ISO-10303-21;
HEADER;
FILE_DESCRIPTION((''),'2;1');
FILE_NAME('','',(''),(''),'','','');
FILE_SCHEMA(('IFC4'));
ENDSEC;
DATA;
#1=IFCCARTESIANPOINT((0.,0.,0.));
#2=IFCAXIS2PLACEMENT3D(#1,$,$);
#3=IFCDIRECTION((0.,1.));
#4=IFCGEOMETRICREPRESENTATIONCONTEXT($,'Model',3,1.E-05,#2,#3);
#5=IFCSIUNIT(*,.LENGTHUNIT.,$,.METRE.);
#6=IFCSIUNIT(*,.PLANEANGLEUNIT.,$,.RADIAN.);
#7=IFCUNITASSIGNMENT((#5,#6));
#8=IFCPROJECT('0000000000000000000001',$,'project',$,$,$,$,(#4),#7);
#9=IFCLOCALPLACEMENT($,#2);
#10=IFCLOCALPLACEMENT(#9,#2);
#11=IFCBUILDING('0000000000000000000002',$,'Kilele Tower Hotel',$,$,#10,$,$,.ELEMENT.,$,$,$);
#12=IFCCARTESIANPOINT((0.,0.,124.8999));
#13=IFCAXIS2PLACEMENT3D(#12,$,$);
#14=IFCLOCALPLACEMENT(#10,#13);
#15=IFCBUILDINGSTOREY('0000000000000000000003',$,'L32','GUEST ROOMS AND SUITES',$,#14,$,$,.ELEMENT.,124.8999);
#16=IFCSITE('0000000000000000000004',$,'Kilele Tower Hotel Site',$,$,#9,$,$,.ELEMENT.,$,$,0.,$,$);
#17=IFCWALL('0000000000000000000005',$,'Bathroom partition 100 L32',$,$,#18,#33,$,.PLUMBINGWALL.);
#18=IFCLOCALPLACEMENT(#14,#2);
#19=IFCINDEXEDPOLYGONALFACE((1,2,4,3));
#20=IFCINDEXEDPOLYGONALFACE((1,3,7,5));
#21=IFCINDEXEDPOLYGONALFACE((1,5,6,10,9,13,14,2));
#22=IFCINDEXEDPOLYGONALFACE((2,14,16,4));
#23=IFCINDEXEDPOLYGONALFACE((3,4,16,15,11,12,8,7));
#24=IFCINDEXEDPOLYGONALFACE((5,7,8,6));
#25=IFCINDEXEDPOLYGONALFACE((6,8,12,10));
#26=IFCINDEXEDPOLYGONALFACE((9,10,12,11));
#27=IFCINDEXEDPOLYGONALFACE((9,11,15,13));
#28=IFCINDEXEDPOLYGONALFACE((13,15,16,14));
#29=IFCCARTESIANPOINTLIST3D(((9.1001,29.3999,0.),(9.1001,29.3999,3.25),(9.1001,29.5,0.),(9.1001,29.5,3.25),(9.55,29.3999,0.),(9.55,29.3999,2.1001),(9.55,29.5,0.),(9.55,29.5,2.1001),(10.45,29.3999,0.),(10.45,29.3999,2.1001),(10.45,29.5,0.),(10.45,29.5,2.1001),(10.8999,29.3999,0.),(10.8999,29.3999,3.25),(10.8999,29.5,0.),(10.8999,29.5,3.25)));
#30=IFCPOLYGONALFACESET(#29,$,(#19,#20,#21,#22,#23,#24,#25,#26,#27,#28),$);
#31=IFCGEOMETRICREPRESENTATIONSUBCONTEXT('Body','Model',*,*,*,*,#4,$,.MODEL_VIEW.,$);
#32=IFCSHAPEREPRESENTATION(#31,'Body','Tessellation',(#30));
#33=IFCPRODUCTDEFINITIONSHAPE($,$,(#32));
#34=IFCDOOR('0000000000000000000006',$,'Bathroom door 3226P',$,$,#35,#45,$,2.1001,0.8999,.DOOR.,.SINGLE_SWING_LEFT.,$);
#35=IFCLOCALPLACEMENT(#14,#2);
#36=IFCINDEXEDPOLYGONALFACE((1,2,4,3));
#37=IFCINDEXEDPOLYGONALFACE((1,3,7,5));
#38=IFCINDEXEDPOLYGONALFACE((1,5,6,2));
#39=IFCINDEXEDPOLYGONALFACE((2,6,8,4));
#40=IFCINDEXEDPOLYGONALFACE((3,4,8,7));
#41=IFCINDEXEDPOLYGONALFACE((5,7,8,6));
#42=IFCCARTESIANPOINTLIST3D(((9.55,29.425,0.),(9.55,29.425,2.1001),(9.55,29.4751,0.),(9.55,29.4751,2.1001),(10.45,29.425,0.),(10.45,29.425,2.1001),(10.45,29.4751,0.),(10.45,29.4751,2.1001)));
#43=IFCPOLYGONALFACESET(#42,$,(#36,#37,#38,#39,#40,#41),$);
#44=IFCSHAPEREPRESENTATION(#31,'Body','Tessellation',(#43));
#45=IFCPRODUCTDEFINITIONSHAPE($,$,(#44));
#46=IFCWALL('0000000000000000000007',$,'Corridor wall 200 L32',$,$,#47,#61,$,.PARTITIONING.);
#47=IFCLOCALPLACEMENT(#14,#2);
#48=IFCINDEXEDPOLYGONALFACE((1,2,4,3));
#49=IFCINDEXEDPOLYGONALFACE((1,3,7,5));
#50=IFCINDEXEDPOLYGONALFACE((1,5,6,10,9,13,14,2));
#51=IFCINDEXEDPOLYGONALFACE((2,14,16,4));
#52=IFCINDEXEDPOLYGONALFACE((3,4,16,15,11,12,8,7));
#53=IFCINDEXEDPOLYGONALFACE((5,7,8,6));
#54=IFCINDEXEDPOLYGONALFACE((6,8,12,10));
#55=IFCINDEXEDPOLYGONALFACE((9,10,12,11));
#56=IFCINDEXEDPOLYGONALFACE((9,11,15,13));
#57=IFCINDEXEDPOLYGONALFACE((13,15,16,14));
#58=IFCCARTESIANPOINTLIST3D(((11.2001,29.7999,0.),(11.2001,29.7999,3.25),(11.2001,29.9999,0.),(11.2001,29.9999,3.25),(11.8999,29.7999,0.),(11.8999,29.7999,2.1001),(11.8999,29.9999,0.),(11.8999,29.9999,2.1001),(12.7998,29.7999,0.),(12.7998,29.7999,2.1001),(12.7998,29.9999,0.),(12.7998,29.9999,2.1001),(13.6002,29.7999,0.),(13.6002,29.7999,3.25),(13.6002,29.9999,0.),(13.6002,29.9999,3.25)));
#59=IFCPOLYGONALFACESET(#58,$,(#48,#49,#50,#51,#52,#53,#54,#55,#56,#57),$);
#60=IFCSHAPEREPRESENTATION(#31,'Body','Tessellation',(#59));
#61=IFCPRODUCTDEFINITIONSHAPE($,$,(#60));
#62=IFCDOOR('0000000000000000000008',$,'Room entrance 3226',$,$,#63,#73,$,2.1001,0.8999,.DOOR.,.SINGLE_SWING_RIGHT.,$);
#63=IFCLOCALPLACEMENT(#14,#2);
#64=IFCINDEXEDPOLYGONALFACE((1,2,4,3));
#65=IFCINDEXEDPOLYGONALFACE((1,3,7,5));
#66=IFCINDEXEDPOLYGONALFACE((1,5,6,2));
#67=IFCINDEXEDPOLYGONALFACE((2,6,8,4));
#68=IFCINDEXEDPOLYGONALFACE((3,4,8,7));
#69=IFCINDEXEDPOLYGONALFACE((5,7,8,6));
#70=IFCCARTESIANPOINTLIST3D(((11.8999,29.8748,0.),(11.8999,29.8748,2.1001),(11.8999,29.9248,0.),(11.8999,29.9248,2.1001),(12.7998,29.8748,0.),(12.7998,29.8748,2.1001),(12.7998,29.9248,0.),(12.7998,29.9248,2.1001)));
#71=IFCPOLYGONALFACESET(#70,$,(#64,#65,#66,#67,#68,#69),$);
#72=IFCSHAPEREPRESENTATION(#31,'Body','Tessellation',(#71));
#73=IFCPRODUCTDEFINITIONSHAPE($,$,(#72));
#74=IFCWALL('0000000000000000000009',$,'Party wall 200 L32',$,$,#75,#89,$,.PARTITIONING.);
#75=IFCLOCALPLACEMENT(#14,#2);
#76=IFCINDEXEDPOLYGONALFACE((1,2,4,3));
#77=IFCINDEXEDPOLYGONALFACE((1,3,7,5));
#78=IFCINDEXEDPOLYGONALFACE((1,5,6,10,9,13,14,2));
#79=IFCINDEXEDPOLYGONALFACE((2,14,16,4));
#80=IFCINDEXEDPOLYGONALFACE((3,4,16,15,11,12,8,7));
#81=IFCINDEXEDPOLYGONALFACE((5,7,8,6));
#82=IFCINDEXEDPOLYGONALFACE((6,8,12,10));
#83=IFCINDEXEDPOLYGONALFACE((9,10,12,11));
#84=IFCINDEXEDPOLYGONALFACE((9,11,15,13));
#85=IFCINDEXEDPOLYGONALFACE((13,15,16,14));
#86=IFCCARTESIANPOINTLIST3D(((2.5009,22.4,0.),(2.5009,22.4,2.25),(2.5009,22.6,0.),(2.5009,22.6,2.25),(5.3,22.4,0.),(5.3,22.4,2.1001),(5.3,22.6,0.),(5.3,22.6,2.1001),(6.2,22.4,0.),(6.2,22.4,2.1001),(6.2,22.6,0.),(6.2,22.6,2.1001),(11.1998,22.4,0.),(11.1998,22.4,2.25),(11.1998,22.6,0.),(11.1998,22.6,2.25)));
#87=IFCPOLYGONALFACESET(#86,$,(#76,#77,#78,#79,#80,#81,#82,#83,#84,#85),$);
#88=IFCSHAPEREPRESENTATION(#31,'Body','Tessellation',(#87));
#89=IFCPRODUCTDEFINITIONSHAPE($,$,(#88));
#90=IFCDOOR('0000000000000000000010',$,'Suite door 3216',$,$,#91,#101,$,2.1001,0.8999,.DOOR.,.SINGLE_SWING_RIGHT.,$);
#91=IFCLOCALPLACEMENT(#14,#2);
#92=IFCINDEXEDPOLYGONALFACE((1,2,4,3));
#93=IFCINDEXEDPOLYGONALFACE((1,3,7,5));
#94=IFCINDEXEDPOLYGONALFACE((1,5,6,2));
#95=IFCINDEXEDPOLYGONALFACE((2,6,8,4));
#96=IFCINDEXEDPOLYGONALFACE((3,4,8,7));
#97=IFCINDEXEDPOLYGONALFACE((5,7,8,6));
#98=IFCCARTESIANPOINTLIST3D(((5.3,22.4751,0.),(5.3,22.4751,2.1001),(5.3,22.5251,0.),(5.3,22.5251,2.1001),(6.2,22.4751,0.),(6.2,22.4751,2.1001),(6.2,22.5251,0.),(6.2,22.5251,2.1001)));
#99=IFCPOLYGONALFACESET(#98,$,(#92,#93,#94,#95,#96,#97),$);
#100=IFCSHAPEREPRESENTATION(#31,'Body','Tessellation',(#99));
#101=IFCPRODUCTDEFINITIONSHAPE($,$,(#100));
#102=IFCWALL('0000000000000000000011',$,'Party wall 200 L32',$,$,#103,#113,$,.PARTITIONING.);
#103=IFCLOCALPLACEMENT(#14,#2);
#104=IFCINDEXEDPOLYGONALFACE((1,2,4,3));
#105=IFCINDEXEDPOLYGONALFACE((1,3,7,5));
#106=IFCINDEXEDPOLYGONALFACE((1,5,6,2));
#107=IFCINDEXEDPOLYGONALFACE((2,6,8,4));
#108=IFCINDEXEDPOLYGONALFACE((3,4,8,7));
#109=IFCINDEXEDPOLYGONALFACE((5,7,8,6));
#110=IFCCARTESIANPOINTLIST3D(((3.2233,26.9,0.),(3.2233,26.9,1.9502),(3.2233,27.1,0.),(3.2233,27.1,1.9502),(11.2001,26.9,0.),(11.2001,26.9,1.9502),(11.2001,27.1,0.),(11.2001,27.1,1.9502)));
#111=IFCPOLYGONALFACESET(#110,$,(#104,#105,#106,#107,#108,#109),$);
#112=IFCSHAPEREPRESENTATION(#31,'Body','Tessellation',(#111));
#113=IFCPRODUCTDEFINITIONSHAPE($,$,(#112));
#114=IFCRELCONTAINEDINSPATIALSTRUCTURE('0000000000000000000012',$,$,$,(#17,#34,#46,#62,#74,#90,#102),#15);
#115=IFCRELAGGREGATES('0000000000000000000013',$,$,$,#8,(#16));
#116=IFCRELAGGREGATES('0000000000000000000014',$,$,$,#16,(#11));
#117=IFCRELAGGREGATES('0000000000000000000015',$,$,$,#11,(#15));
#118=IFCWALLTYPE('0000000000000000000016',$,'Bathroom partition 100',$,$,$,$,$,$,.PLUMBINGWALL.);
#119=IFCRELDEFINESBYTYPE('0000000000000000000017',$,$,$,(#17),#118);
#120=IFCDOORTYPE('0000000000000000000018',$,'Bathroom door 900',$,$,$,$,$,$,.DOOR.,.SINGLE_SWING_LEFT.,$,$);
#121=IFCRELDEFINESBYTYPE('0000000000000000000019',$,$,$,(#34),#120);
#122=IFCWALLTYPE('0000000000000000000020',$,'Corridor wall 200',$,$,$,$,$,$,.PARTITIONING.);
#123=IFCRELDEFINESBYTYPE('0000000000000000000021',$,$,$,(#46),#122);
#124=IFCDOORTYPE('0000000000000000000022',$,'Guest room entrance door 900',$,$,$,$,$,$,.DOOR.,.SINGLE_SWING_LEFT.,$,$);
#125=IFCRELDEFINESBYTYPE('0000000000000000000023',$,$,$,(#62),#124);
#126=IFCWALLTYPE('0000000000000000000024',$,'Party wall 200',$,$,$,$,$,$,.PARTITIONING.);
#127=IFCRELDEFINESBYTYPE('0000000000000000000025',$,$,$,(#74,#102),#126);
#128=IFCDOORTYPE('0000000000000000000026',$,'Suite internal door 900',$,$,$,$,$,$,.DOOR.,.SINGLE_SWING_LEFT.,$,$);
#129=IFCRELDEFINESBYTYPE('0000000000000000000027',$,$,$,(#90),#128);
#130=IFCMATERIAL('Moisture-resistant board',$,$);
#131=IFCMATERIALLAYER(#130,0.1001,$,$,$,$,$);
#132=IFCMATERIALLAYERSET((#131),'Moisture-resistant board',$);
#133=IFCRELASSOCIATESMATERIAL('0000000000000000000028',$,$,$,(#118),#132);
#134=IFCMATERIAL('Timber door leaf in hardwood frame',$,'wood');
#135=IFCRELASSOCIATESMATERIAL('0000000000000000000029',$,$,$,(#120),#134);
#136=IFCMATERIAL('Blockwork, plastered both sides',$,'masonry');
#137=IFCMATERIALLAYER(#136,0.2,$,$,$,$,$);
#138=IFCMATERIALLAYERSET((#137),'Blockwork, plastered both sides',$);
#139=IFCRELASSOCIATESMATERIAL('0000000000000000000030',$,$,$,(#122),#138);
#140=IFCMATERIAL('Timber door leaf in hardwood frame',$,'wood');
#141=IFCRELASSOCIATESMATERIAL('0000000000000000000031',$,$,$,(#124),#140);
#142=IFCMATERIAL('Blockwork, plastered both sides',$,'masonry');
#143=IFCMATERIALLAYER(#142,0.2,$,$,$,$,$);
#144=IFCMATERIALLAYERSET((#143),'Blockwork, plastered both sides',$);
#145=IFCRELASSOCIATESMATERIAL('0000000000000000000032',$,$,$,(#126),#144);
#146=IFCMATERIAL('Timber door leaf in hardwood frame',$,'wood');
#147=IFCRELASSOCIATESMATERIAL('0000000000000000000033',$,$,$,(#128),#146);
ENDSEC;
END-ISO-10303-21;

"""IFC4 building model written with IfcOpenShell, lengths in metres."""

from ifc_helpers import new_model, si_unit, direction, frame, frame_2d, origin, place, context, subcontext, project, spatial, rectangle, extrude, material, layer, layer_set, type_object, element, fill, save


model = new_model("IFC4")

# Units and contexts
model_context = context("Model", 3, precision=1e-05, world=origin(), true_north=direction((0.0, 1.0)))
body_context = subcontext(model_context, "Body", "Model", "MODEL_VIEW")
ifc_project = project(units=[si_unit("LENGTHUNIT", "METRE"), si_unit("PLANEANGLEUNIT", "RADIAN")], contexts=[model_context])

# Site, building, storey
site_placement = place(None, origin())
site = spatial("IfcSite", under=ifc_project, at=site_placement, Name="Kilele Tower Hotel Site", CompositionType="ELEMENT", RefElevation=0.0)
building_placement = place(site_placement, origin())
building = spatial("IfcBuilding", under=site, at=building_placement, Name="Kilele Tower Hotel", CompositionType="ELEMENT")
storey_placement = place(building_placement, frame((0.0, 0.0, 124.8999)))
storey = spatial("IfcBuildingStorey", under=building, at=storey_placement, Name="L32", Description="GUEST ROOMS AND SUITES", CompositionType="ELEMENT", Elevation=124.8999)

# Shared definitions
ifc_material_1 = material(Name="Moisture-resistant board")
ifc_layer_1 = layer(ifc_material_1, 0.1001)
ifc_layer_set_1 = layer_set([ifc_layer_1], Name="Moisture-resistant board")
wall_type_1 = type_object("IfcWallType", Name="Bathroom partition 100", PredefinedType="PLUMBINGWALL", material=ifc_layer_set_1)
ifc_material_2 = material(Name="Timber door leaf in hardwood frame", Category="wood")
door_type_1 = type_object("IfcDoorType", Name="Bathroom door 900", OperationType="SINGLE_SWING_LEFT", PredefinedType="DOOR", material=ifc_material_2)

# Walls, openings, doors
wall_1_placement = place(storey_placement, frame((10.8999, 29.45, 0.0), z_axis=(0.0, 0.0, 1.0), x_axis=(-1.0, 0.0, 0.0)))
wall_1 = element("IfcWall", 1, at=wall_1_placement, inside=storey, type_object=wall_type_1, Name="Bathroom partition 100 L32", PredefinedType="PLUMBINGWALL", context=body_context, shape_type="SweptSolid", body=[
    extrude(rectangle(XDim=1.7998, YDim=0.1001, at=frame_2d((0.8999, 0.0))), origin(), (0.0, 0.0, 1.0), 3.25),
])
opening_1_placement = place(wall_1_placement, frame((0.45, 0.0, 0.0)))
opening_1 = element("IfcOpeningElement", 2, at=opening_1_placement, cuts=wall_1, PredefinedType="OPENING", context=body_context, shape_type="SweptSolid", body=[
    extrude(rectangle(XDim=0.8999, YDim=2.1001, at=frame_2d((0.45, 1.05))), frame((0.0, 0.0601, 0.0), z_axis=(0.0, -1.0, 0.0), x_axis=(1.0, 0.0, 0.0)), (0.0, 0.0, 1.0), 0.1201),
])
door_1_placement = place(opening_1_placement, origin())
door_1 = element("IfcDoor", 3, at=door_1_placement, inside=storey, type_object=door_type_1, Name="Bathroom door 3226P", OperationType="SINGLE_SWING_LEFT", OverallHeight=2.1001, OverallWidth=0.8999, PredefinedType="DOOR", context=body_context, shape_type="SweptSolid", body=[
    extrude(rectangle(XDim=0.8999, YDim=2.1001, at=frame_2d((0.45, 1.05))), frame((0.0, 0.0249, 0.0), z_axis=(0.0, -1.0, 0.0), x_axis=(1.0, 0.0, 0.0)), (0.0, 0.0, 1.0), 0.05),
])
fill(opening_1, door_1)
ifc_material_3 = material(Name="Blockwork, plastered both sides", Category="masonry")
ifc_layer_2 = layer(ifc_material_3, 0.2)
ifc_layer_set_2 = layer_set([ifc_layer_2], Name="Blockwork, plastered both sides")
wall_type_2 = type_object("IfcWallType", Name="Corridor wall 200", PredefinedType="PARTITIONING", material=ifc_layer_set_2)
wall_2_placement = place(storey_placement, frame((11.2, 29.8999, 0.0), z_axis=(0.0, 0.0, 1.0), x_axis=(1.0, 0.0, 0.0)))
wall_2 = element("IfcWall", 4, at=wall_2_placement, inside=storey, type_object=wall_type_2, Name="Corridor wall 200 L32", PredefinedType="PARTITIONING", context=body_context, shape_type="SweptSolid", body=[
    extrude(rectangle(XDim=2.4001, YDim=0.2, at=frame_2d((1.2002, 0.0))), origin(), (0.0, 0.0, 1.0), 3.25),
])
opening_2_placement = place(wall_2_placement, frame((0.7, 0.0, 0.0)))
opening_2 = element("IfcOpeningElement", 5, at=opening_2_placement, cuts=wall_2, PredefinedType="OPENING", context=body_context, shape_type="SweptSolid", body=[
    extrude(rectangle(XDim=0.8999, YDim=2.1001, at=frame_2d((0.45, 1.05))), frame((0.0, 0.1099, 0.0), z_axis=(0.0, -1.0, 0.0), x_axis=(1.0, 0.0, 0.0)), (0.0, 0.0, 1.0), 0.22),
])
ifc_material_4 = material(Name="Timber door leaf in hardwood frame", Category="wood")
door_type_2 = type_object("IfcDoorType", Name="Guest room entrance door 900", OperationType="SINGLE_SWING_LEFT", PredefinedType="DOOR", material=ifc_material_4)
door_2_placement = place(opening_2_placement, origin())
door_2 = element("IfcDoor", 6, at=door_2_placement, inside=storey, type_object=door_type_2, Name="Room entrance 3226", OperationType="SINGLE_SWING_RIGHT", OverallHeight=2.1001, OverallWidth=0.8999, PredefinedType="DOOR", context=body_context, shape_type="SweptSolid", body=[
    extrude(rectangle(XDim=0.8999, YDim=2.1001, at=frame_2d((0.45, 1.05))), frame((0.0, 0.0249, 0.0), z_axis=(0.0, -1.0, 0.0), x_axis=(1.0, 0.0, 0.0)), (0.0, 0.0, 1.0), 0.05),
])
fill(opening_2, door_2)
ifc_material_5 = material(Name="Blockwork, plastered both sides", Category="masonry")
ifc_layer_3 = layer(ifc_material_5, 0.2)
ifc_layer_set_3 = layer_set([ifc_layer_3], Name="Blockwork, plastered both sides")
wall_type_3 = type_object("IfcWallType", Name="Party wall 200", PredefinedType="PARTITIONING", material=ifc_layer_set_3)
wall_3_placement = place(storey_placement, frame((11.2, 22.5, 0.0), z_axis=(0.0, 0.0, 1.0), x_axis=(-1.0, 0.0, 0.0)))
wall_3 = element("IfcWall", 7, at=wall_3_placement, inside=storey, type_object=wall_type_3, Name="Party wall 200 L32", PredefinedType="PARTITIONING", context=body_context, shape_type="SweptSolid", body=[
    extrude(rectangle(XDim=8.699, YDim=0.2, at=frame_2d((4.3496, 0.0))), origin(), (0.0, 0.0, 1.0), 2.25),
])
opening_3_placement = place(wall_3_placement, frame((5.0, 0.0, 0.0)))
opening_3 = element("IfcOpeningElement", 8, at=opening_3_placement, cuts=wall_3, PredefinedType="OPENING", context=body_context, shape_type="SweptSolid", body=[
    extrude(rectangle(XDim=0.8999, YDim=2.1001, at=frame_2d((0.45, 1.05))), frame((0.0, 0.1099, 0.0), z_axis=(0.0, -1.0, 0.0), x_axis=(1.0, 0.0, 0.0)), (0.0, 0.0, 1.0), 0.22),
])
ifc_material_6 = material(Name="Timber door leaf in hardwood frame", Category="wood")
door_type_3 = type_object("IfcDoorType", Name="Suite internal door 900", OperationType="SINGLE_SWING_LEFT", PredefinedType="DOOR", material=ifc_material_6)
door_3_placement = place(opening_3_placement, origin())
door_3 = element("IfcDoor", 9, at=door_3_placement, inside=storey, type_object=door_type_3, Name="Suite door 3216", OperationType="SINGLE_SWING_RIGHT", OverallHeight=2.1001, OverallWidth=0.8999, PredefinedType="DOOR", context=body_context, shape_type="SweptSolid", body=[
    extrude(rectangle(XDim=0.8999, YDim=2.1001, at=frame_2d((0.45, 1.05))), frame((0.0, 0.0249, 0.0), z_axis=(0.0, -1.0, 0.0), x_axis=(1.0, 0.0, 0.0)), (0.0, 0.0, 1.0), 0.05),
])
fill(opening_3, door_3)

# Wall
wall_4_placement = place(storey_placement, frame((11.2, 27.0, 0.0), z_axis=(0.0, 0.0, 1.0), x_axis=(-1.0, 0.0, 0.0)))
element("IfcWall", 10, at=wall_4_placement, inside=storey, type_object=wall_type_3, Name="Party wall 200 L32", PredefinedType="PARTITIONING", context=body_context, shape_type="SweptSolid", body=[
    extrude(rectangle(XDim=7.9768, YDim=0.2, at=frame_2d((3.9883, 0.0))), origin(), (0.0, 0.0, 1.0), 1.9502),
])

save(model, "model.ifc")
